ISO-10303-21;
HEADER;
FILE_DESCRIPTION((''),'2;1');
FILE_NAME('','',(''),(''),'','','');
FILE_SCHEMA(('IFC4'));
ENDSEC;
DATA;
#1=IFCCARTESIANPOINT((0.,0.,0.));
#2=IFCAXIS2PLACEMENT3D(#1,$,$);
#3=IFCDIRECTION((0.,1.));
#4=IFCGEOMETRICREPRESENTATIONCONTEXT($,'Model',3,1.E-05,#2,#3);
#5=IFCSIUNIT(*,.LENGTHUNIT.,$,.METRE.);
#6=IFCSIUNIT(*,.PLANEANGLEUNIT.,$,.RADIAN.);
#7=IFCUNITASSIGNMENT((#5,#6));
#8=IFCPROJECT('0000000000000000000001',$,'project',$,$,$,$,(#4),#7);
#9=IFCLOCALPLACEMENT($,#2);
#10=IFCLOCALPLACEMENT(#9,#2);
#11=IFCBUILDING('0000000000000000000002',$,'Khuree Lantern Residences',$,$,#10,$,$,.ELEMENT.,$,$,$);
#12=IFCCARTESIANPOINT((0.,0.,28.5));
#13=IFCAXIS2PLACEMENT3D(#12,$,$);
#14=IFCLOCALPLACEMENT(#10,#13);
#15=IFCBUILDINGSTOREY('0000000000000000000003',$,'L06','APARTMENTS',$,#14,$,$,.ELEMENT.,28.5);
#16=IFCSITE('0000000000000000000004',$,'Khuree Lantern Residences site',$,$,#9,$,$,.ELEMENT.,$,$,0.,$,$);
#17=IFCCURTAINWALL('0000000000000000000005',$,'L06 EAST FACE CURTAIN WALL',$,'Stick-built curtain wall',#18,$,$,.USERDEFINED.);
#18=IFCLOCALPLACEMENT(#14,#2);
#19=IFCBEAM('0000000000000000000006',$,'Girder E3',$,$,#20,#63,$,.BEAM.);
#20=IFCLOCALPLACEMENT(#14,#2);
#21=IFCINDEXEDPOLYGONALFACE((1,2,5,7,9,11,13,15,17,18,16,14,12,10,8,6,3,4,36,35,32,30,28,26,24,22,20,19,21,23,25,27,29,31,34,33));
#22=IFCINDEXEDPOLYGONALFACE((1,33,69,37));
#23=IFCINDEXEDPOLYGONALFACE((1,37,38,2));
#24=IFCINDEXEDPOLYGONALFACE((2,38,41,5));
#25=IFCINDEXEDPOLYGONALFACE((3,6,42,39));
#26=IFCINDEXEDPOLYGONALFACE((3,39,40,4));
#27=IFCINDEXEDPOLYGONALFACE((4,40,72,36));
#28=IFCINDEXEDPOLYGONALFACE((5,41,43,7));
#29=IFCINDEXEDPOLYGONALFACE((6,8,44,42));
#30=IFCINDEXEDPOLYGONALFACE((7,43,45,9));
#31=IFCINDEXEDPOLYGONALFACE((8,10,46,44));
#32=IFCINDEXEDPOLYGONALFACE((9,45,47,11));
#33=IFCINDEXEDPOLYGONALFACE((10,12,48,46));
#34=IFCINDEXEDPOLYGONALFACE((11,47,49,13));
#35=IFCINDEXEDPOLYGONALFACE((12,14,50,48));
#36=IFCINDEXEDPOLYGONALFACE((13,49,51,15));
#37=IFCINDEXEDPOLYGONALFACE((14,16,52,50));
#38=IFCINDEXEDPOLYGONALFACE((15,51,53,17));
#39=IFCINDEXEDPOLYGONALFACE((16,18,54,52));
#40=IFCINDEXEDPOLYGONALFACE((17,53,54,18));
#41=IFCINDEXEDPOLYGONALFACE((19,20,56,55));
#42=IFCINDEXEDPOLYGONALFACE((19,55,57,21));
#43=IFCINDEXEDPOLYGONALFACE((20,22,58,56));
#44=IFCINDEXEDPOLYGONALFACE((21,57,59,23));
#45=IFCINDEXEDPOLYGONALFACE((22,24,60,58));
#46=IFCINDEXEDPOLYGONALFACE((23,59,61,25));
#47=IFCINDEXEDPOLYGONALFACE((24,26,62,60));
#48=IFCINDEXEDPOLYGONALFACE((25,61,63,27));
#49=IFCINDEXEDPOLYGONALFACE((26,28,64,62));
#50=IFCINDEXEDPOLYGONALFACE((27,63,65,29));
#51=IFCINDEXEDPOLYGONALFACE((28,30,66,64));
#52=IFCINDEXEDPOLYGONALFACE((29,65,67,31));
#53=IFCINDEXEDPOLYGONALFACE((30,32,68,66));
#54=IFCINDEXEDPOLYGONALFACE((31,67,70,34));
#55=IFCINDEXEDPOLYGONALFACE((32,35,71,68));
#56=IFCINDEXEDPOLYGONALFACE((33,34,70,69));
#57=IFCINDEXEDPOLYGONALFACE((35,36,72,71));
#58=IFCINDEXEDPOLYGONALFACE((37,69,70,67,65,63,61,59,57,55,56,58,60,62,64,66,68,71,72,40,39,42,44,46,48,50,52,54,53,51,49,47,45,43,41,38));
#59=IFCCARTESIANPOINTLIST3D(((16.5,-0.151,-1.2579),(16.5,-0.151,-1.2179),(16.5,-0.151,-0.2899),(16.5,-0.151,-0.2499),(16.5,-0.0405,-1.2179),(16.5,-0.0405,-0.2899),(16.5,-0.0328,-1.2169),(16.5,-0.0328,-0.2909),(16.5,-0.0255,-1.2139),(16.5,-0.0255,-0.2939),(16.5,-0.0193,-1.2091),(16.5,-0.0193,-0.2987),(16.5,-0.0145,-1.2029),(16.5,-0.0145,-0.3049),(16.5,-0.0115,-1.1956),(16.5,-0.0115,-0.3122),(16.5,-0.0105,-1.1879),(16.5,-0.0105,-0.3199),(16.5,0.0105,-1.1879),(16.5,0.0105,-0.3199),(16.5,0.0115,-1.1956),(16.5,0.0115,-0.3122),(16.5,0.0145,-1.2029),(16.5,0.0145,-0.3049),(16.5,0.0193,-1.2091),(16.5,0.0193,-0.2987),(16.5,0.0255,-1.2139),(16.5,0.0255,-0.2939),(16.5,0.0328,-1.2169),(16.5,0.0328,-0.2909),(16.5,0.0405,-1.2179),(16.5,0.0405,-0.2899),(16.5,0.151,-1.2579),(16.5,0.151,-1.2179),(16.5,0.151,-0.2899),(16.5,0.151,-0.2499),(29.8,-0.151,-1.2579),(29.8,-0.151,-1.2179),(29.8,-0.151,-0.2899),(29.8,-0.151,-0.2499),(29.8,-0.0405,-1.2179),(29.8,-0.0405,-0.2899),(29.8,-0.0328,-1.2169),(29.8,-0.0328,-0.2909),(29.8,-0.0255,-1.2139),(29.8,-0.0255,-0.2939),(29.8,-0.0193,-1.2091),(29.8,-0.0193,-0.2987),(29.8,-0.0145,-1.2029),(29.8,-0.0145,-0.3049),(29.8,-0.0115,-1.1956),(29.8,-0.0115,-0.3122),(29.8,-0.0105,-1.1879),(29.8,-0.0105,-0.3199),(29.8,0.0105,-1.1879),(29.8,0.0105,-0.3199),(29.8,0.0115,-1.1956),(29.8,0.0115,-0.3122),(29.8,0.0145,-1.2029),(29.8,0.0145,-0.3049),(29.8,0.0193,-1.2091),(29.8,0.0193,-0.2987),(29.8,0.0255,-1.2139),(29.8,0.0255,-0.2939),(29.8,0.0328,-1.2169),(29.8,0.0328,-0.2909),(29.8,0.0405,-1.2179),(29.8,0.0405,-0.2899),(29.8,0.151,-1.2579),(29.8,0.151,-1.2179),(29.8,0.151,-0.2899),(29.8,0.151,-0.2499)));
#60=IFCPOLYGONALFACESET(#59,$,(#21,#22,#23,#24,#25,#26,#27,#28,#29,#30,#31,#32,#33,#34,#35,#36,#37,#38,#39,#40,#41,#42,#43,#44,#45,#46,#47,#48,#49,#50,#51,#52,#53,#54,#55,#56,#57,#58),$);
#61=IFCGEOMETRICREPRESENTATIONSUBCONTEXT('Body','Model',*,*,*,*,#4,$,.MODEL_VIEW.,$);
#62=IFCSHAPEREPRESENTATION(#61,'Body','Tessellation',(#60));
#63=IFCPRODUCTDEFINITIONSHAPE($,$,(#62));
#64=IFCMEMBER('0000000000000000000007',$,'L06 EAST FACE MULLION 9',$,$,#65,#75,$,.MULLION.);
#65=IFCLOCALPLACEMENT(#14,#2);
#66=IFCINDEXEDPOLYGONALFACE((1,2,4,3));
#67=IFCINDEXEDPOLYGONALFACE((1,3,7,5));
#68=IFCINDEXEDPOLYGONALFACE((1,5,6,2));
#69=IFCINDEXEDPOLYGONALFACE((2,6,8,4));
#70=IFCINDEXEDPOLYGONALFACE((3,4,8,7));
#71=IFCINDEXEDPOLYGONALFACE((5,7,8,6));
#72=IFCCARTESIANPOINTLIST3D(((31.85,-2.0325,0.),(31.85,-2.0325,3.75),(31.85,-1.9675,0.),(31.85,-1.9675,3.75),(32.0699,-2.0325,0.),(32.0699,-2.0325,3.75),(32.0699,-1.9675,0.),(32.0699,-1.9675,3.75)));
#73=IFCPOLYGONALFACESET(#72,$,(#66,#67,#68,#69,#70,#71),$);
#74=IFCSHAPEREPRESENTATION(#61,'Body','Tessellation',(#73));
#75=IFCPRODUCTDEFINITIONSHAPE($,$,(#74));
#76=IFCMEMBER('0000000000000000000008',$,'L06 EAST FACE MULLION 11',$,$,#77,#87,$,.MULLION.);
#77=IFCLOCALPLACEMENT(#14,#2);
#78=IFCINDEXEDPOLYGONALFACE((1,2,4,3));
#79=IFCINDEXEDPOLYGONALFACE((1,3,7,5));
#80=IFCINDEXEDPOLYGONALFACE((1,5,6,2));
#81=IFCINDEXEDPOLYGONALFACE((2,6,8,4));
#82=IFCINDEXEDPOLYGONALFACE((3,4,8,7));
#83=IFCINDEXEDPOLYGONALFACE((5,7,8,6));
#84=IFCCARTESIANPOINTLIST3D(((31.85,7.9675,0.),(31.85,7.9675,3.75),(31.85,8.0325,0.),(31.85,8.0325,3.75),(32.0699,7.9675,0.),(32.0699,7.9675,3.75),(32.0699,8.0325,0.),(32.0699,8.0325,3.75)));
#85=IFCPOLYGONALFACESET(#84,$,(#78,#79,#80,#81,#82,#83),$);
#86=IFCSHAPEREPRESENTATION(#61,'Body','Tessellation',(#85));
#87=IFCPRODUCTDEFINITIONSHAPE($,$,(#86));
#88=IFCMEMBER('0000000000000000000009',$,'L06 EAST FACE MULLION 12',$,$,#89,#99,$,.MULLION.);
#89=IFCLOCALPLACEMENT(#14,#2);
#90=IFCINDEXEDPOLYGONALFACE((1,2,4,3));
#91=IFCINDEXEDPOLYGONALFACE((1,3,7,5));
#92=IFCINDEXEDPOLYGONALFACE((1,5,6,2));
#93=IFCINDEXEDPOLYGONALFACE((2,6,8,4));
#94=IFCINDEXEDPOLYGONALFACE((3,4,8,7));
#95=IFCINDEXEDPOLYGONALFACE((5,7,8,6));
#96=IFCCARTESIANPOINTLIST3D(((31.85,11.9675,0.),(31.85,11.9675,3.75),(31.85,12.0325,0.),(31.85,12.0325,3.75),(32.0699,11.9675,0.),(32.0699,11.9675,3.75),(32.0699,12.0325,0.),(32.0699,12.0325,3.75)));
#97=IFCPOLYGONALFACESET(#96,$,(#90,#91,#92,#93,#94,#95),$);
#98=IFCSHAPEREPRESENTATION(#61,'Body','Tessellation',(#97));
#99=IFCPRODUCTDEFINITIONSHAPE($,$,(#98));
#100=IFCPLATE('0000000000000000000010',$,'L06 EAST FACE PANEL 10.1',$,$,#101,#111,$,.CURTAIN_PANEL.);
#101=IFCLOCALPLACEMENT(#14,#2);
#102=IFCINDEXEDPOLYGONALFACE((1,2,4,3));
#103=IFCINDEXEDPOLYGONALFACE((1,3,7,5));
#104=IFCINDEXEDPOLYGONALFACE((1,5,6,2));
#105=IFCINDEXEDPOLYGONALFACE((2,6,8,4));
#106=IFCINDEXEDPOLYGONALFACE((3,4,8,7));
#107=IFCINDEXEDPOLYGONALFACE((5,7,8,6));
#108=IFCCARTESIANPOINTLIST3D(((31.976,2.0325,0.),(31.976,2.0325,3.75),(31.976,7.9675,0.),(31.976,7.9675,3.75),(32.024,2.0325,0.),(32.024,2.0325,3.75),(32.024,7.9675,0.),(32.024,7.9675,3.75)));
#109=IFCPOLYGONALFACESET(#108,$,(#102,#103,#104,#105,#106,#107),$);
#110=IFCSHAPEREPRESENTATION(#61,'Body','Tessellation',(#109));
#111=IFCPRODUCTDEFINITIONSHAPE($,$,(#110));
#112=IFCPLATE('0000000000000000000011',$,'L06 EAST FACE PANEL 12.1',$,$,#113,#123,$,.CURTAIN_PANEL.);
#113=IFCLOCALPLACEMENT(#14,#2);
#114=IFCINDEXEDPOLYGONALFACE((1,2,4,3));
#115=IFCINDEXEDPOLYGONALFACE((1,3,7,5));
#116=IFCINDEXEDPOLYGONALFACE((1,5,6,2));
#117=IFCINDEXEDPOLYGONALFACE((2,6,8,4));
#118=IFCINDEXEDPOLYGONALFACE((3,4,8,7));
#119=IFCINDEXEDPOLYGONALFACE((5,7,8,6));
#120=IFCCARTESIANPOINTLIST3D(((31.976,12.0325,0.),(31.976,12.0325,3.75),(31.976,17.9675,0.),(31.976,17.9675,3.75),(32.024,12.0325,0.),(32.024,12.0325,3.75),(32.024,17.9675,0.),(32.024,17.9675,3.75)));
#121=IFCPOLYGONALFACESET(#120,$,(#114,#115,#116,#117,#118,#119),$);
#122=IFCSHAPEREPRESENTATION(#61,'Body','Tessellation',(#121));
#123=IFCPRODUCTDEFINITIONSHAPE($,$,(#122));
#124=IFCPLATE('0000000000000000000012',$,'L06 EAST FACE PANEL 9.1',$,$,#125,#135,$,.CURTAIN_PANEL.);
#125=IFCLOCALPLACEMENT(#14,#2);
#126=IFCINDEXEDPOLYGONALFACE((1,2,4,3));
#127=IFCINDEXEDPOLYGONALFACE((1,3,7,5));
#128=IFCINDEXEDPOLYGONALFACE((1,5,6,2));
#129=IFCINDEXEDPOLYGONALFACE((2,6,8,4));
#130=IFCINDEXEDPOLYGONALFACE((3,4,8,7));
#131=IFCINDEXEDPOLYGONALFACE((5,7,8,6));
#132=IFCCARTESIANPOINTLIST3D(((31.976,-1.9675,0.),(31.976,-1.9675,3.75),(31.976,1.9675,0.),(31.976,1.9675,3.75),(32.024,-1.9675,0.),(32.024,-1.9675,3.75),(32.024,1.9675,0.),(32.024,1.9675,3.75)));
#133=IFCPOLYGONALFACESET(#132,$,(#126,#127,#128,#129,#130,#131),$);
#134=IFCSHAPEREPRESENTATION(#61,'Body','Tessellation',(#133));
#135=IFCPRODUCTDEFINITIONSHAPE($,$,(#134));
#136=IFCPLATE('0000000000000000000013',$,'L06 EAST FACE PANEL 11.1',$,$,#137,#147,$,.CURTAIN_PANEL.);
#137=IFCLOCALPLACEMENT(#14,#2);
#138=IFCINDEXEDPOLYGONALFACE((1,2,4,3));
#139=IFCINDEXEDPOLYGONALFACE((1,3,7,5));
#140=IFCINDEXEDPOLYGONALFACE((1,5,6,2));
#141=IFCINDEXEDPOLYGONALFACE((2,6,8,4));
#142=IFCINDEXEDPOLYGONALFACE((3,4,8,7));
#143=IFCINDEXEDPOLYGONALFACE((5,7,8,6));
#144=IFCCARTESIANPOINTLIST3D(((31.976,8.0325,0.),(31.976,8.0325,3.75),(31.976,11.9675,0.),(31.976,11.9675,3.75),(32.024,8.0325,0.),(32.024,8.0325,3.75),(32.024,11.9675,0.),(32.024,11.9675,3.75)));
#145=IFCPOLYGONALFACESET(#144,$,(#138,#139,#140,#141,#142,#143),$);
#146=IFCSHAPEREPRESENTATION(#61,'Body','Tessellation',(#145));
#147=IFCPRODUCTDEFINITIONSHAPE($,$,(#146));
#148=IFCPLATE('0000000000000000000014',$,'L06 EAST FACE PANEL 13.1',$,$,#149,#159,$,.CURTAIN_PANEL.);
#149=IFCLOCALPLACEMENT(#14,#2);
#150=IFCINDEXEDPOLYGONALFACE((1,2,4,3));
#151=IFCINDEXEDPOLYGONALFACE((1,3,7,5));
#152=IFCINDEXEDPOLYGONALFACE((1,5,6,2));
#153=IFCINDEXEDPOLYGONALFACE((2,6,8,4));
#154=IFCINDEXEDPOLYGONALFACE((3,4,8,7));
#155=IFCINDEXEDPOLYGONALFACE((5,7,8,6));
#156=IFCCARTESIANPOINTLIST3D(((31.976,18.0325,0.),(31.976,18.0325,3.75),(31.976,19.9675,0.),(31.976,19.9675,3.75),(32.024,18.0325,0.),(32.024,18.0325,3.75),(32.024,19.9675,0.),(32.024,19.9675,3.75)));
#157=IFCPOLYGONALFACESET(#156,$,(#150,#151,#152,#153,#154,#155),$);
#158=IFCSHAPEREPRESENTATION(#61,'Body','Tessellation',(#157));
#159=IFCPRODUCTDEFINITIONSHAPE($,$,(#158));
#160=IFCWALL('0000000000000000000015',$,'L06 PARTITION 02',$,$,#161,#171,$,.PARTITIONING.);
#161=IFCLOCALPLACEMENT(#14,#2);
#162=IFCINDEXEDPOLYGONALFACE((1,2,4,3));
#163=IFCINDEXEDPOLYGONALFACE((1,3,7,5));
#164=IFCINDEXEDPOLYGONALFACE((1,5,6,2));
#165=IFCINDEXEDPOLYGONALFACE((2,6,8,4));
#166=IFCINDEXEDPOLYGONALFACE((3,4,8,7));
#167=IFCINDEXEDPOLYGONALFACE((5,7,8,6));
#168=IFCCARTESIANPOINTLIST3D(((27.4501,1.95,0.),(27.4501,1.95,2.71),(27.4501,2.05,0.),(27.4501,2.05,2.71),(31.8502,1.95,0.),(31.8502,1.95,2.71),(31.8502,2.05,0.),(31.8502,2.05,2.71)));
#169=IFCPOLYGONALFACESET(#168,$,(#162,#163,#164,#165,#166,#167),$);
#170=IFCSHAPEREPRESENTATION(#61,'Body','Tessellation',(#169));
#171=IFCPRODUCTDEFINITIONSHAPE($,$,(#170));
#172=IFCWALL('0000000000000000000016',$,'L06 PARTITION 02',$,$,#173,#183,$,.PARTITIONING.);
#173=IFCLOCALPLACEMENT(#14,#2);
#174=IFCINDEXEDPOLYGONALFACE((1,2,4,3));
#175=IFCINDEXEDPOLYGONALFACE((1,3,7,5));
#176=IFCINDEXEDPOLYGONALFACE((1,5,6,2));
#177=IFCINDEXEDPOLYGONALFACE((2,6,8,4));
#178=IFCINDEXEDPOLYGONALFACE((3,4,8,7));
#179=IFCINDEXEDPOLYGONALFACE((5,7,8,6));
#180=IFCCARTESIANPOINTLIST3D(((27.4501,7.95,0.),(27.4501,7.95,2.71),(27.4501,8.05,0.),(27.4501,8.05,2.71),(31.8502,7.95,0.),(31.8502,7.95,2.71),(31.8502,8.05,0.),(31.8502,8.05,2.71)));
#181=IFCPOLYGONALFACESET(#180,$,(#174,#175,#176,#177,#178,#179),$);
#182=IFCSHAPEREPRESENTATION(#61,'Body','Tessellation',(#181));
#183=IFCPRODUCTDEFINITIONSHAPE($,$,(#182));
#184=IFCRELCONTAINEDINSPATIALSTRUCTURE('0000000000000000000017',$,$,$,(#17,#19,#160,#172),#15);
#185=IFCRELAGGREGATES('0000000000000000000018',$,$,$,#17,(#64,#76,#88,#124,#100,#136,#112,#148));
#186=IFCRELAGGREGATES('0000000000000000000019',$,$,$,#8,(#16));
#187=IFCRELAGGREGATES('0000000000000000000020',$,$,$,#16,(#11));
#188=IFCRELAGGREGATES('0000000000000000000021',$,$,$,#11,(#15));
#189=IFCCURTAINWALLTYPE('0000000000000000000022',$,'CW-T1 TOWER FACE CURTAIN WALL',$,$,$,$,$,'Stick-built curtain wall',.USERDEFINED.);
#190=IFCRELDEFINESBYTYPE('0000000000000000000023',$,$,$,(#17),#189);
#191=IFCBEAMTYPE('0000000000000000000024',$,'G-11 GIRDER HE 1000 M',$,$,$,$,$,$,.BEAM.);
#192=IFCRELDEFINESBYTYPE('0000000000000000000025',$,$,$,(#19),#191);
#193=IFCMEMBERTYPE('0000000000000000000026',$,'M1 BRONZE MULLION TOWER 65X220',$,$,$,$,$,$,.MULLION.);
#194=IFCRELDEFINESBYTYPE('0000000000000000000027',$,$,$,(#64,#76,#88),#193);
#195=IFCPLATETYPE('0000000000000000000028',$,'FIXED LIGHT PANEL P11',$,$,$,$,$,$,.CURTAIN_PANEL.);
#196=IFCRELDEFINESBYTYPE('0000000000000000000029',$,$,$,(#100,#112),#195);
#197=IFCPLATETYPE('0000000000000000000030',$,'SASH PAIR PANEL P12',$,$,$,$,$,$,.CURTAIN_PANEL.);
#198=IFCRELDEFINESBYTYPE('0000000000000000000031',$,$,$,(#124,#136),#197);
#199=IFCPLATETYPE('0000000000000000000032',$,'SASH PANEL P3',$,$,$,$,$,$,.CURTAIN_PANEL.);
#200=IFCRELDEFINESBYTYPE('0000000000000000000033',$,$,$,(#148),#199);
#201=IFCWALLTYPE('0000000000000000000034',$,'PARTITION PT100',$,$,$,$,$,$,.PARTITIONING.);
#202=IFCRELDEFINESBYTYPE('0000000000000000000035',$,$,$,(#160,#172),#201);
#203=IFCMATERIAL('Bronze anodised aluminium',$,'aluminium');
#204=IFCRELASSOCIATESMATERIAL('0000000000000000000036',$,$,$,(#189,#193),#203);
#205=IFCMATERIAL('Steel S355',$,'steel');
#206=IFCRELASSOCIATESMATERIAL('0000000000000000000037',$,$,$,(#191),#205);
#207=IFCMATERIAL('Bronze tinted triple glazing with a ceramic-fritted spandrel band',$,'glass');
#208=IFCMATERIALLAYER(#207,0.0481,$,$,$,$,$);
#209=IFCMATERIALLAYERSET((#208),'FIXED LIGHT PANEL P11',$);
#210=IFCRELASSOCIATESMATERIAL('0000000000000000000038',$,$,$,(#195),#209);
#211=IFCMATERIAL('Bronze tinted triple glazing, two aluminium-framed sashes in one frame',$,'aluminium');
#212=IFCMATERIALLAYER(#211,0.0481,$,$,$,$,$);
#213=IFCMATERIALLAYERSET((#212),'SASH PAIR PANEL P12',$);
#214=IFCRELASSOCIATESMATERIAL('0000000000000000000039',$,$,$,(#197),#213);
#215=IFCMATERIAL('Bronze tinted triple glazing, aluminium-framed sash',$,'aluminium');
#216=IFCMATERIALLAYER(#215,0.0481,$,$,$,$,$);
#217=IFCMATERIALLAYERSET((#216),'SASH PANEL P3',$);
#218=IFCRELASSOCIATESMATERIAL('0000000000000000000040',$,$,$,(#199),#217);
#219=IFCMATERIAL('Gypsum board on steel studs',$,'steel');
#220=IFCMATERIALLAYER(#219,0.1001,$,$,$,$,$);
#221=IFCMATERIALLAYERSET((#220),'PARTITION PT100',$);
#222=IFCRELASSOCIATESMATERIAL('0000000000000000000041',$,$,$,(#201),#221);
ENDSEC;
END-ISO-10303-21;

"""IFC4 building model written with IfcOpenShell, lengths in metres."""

from ifc_helpers import new_model, si_unit, direction, frame, frame_2d, origin, origin_2d, place, context, subcontext, project, spatial, rectangle, i_section, extrude, material, layer, layer_set, material_profile, profile_set, type_object, element, aggregate, save


model = new_model("IFC4")

# Units and contexts
model_context = context("Model", 3, precision=1e-05, world=origin(), true_north=direction((0.0, 1.0)))
body_context = subcontext(model_context, "Body", "Model", "MODEL_VIEW")
ifc_project = project(units=[si_unit("LENGTHUNIT", "METRE"), si_unit("PLANEANGLEUNIT", "RADIAN")], contexts=[model_context])

# Site, building, storey
site_placement = place(None, origin())
site = spatial("IfcSite", under=ifc_project, at=site_placement, Name="Khuree Lantern Residences site", CompositionType="ELEMENT", RefElevation=0.0)
building_placement = place(site_placement, origin())
building = spatial("IfcBuilding", under=site, at=building_placement, Name="Khuree Lantern Residences", CompositionType="ELEMENT")
storey_placement = place(building_placement, frame((0.0, 0.0, 28.5)))
storey = spatial("IfcBuildingStorey", under=building, at=storey_placement, Name="L06", Description="APARTMENTS", CompositionType="ELEMENT", Elevation=28.5)

# Shared definitions
ifc_material_1 = material(Name="Steel S355", Category="steel")

# Curtain wall
ifc_material_2 = material(Name="Bronze anodised aluminium", Category="aluminium")
curtain_wall_type = type_object("IfcCurtainWallType", Name="CW-T1 TOWER FACE CURTAIN WALL", ElementType="Stick-built curtain wall", PredefinedType="USERDEFINED", material=ifc_material_2)
curtain_wall_placement = place(storey_placement, origin())
curtain_wall = element("IfcCurtainWall", 1, at=curtain_wall_placement, inside=storey, type_object=curtain_wall_type, Name="L06 EAST FACE CURTAIN WALL", ObjectType="Stick-built curtain wall", PredefinedType="USERDEFINED")

# Beam
ifc_material_profile_1 = material_profile(ifc_material_1, i_section(OverallWidth=0.302, OverallDepth=1.0081, WebThickness=0.021, FlangeThickness=0.04, FilletRadius=0.03, at=origin_2d()), Name="HE 1000 M")
ifc_profile_set_1 = profile_set([ifc_material_profile_1], Name="Steel S355")
beam_type_1 = type_object("IfcBeamType", Name="G-11 GIRDER HE 1000 M", PredefinedType="BEAM", material=ifc_profile_set_1)
for number, where, z_axis, x_axis, name in (
    (2, (29.8, 0.0, -0.7539), (-1.0, 0.0, 0.0), (0.0, -1.0, 0.0), "Girder E3"),
):
    element("IfcBeam", number, at=place(storey_placement, frame(where, z_axis=z_axis, x_axis=x_axis)), inside=storey, type_object=beam_type_1, Name=name, PredefinedType="BEAM", context=body_context, shape_type="SweptSolid", body=[
        extrude(i_section(OverallWidth=0.302, OverallDepth=1.0081, WebThickness=0.021, FlangeThickness=0.04, FilletRadius=0.03, at=origin_2d()), origin(), (0.0, 0.0, 1.0), 13.3),
    ])

# Members
ifc_material_profile_2 = material_profile(ifc_material_2, rectangle(XDim=0.0649, YDim=0.22, at=origin_2d()), Name="M1 65X220")
ifc_profile_set_2 = profile_set([ifc_material_profile_2], Name="Bronze anodised aluminium")
member_type_1 = type_object("IfcMemberType", Name="M1 BRONZE MULLION TOWER 65X220", PredefinedType="MULLION", material=ifc_profile_set_2)
member_1_placement = place(storey_placement, frame((31.96, -2.0, 0.0), z_axis=(0.0, 0.0, 1.0), x_axis=(0.0, 1.0, 0.0)))
member_1 = element("IfcMember", 3, at=member_1_placement, type_object=member_type_1, Name="L06 EAST FACE MULLION 9", PredefinedType="MULLION", context=body_context, shape_type="SweptSolid", body=[
    extrude(rectangle(XDim=0.0649, YDim=0.22, at=origin_2d()), origin(), (0.0, 0.0, 1.0), 3.75),
])
member_2_placement = place(storey_placement, frame((31.96, 8.0, 0.0), z_axis=(0.0, 0.0, 1.0), x_axis=(0.0, 1.0, 0.0)))
member_2 = element("IfcMember", 4, at=member_2_placement, type_object=member_type_1, Name="L06 EAST FACE MULLION 11", PredefinedType="MULLION", context=body_context, shape_type="SweptSolid", body=[
    extrude(rectangle(XDim=0.0649, YDim=0.22, at=origin_2d()), origin(), (0.0, 0.0, 1.0), 3.75),
])
member_3_placement = place(storey_placement, frame((31.96, 12.0, 0.0), z_axis=(0.0, 0.0, 1.0), x_axis=(0.0, 1.0, 0.0)))
member_3 = element("IfcMember", 5, at=member_3_placement, type_object=member_type_1, Name="L06 EAST FACE MULLION 12", PredefinedType="MULLION", context=body_context, shape_type="SweptSolid", body=[
    extrude(rectangle(XDim=0.0649, YDim=0.22, at=origin_2d()), origin(), (0.0, 0.0, 1.0), 3.75),
])

# Plates
ifc_material_3 = material(Name="Bronze tinted triple glazing with a ceramic-fritted spandrel band", Category="glass")
ifc_layer_1 = layer(ifc_material_3, 0.0481)
ifc_layer_set_1 = layer_set([ifc_layer_1], Name="FIXED LIGHT PANEL P11")
plate_type_1 = type_object("IfcPlateType", Name="FIXED LIGHT PANEL P11", PredefinedType="CURTAIN_PANEL", material=ifc_layer_set_1)
plate_1_placement = place(storey_placement, frame((32.0, 5.0, 0.0), z_axis=(0.0, 0.0, 1.0), x_axis=(0.0, 1.0, 0.0)))
plate_1 = element("IfcPlate", 6, at=plate_1_placement, type_object=plate_type_1, Name="L06 EAST FACE PANEL 10.1", PredefinedType="CURTAIN_PANEL", context=body_context, shape_type="SweptSolid", body=[
    extrude(rectangle(XDim=5.9351, YDim=0.0481, at=origin_2d()), origin(), (0.0, 0.0, 1.0), 3.75),
])
plate_2_placement = place(storey_placement, frame((32.0, 15.0, 0.0), z_axis=(0.0, 0.0, 1.0), x_axis=(0.0, 1.0, 0.0)))
plate_2 = element("IfcPlate", 7, at=plate_2_placement, type_object=plate_type_1, Name="L06 EAST FACE PANEL 12.1", PredefinedType="CURTAIN_PANEL", context=body_context, shape_type="SweptSolid", body=[
    extrude(rectangle(XDim=5.9351, YDim=0.0481, at=origin_2d()), origin(), (0.0, 0.0, 1.0), 3.75),
])
ifc_material_4 = material(Name="Bronze tinted triple glazing, two aluminium-framed sashes in one frame", Category="aluminium")
ifc_layer_2 = layer(ifc_material_4, 0.0481)
ifc_layer_set_2 = layer_set([ifc_layer_2], Name="SASH PAIR PANEL P12")
plate_type_2 = type_object("IfcPlateType", Name="SASH PAIR PANEL P12", PredefinedType="CURTAIN_PANEL", material=ifc_layer_set_2)
plate_3_placement = place(storey_placement, frame((32.0, 0.0, 0.0), z_axis=(0.0, 0.0, 1.0), x_axis=(0.0, 1.0, 0.0)))
plate_3 = element("IfcPlate", 8, at=plate_3_placement, type_object=plate_type_2, Name="L06 EAST FACE PANEL 9.1", PredefinedType="CURTAIN_PANEL", context=body_context, shape_type="SweptSolid", body=[
    extrude(rectangle(XDim=3.9351, YDim=0.0481, at=origin_2d()), origin(), (0.0, 0.0, 1.0), 3.75),
])
plate_4_placement = place(storey_placement, frame((32.0, 10.0, 0.0), z_axis=(0.0, 0.0, 1.0), x_axis=(0.0, 1.0, 0.0)))
plate_4 = element("IfcPlate", 9, at=plate_4_placement, type_object=plate_type_2, Name="L06 EAST FACE PANEL 11.1", PredefinedType="CURTAIN_PANEL", context=body_context, shape_type="SweptSolid", body=[
    extrude(rectangle(XDim=3.9351, YDim=0.0481, at=origin_2d()), origin(), (0.0, 0.0, 1.0), 3.75),
])
ifc_material_5 = material(Name="Bronze tinted triple glazing, aluminium-framed sash", Category="aluminium")
ifc_layer_3 = layer(ifc_material_5, 0.0481)
ifc_layer_set_3 = layer_set([ifc_layer_3], Name="SASH PANEL P3")
plate_type_3 = type_object("IfcPlateType", Name="SASH PANEL P3", PredefinedType="CURTAIN_PANEL", material=ifc_layer_set_3)
plate_5_placement = place(storey_placement, frame((32.0, 19.0, 0.0), z_axis=(0.0, 0.0, 1.0), x_axis=(0.0, 1.0, 0.0)))
plate_5 = element("IfcPlate", 10, at=plate_5_placement, type_object=plate_type_3, Name="L06 EAST FACE PANEL 13.1", PredefinedType="CURTAIN_PANEL", context=body_context, shape_type="SweptSolid", body=[
    extrude(rectangle(XDim=1.9351, YDim=0.0481, at=origin_2d()), origin(), (0.0, 0.0, 1.0), 3.75),
])
aggregate(curtain_wall, [member_1, member_2, member_3, plate_3, plate_1, plate_4, plate_2, plate_5])

# Walls
ifc_material_6 = material(Name="Gypsum board on steel studs", Category="steel")
ifc_layer_4 = layer(ifc_material_6, 0.1001)
ifc_layer_set_4 = layer_set([ifc_layer_4], Name="PARTITION PT100")
wall_type = type_object("IfcWallType", Name="PARTITION PT100", PredefinedType="PARTITIONING", material=ifc_layer_set_4)
for number, where, z_axis, x_axis, name in (
    (11, (27.45, 2.0, 0.0), (0.0, 0.0, 1.0), (1.0, 0.0, 0.0), "L06 PARTITION 02"),
    (12, (27.45, 8.0, 0.0), (0.0, 0.0, 1.0), (1.0, 0.0, 0.0), "L06 PARTITION 02"),
):
    element("IfcWall", number, at=place(storey_placement, frame(where, z_axis=z_axis, x_axis=x_axis)), inside=storey, type_object=wall_type, Name=name, PredefinedType="PARTITIONING", context=body_context, shape_type="SweptSolid", body=[
        extrude(rectangle(XDim=4.4001, YDim=0.1001, at=frame_2d((2.2002, 0.0))), origin(), (0.0, 0.0, 1.0), 2.71),
    ])

save(model, "model.ifc")
